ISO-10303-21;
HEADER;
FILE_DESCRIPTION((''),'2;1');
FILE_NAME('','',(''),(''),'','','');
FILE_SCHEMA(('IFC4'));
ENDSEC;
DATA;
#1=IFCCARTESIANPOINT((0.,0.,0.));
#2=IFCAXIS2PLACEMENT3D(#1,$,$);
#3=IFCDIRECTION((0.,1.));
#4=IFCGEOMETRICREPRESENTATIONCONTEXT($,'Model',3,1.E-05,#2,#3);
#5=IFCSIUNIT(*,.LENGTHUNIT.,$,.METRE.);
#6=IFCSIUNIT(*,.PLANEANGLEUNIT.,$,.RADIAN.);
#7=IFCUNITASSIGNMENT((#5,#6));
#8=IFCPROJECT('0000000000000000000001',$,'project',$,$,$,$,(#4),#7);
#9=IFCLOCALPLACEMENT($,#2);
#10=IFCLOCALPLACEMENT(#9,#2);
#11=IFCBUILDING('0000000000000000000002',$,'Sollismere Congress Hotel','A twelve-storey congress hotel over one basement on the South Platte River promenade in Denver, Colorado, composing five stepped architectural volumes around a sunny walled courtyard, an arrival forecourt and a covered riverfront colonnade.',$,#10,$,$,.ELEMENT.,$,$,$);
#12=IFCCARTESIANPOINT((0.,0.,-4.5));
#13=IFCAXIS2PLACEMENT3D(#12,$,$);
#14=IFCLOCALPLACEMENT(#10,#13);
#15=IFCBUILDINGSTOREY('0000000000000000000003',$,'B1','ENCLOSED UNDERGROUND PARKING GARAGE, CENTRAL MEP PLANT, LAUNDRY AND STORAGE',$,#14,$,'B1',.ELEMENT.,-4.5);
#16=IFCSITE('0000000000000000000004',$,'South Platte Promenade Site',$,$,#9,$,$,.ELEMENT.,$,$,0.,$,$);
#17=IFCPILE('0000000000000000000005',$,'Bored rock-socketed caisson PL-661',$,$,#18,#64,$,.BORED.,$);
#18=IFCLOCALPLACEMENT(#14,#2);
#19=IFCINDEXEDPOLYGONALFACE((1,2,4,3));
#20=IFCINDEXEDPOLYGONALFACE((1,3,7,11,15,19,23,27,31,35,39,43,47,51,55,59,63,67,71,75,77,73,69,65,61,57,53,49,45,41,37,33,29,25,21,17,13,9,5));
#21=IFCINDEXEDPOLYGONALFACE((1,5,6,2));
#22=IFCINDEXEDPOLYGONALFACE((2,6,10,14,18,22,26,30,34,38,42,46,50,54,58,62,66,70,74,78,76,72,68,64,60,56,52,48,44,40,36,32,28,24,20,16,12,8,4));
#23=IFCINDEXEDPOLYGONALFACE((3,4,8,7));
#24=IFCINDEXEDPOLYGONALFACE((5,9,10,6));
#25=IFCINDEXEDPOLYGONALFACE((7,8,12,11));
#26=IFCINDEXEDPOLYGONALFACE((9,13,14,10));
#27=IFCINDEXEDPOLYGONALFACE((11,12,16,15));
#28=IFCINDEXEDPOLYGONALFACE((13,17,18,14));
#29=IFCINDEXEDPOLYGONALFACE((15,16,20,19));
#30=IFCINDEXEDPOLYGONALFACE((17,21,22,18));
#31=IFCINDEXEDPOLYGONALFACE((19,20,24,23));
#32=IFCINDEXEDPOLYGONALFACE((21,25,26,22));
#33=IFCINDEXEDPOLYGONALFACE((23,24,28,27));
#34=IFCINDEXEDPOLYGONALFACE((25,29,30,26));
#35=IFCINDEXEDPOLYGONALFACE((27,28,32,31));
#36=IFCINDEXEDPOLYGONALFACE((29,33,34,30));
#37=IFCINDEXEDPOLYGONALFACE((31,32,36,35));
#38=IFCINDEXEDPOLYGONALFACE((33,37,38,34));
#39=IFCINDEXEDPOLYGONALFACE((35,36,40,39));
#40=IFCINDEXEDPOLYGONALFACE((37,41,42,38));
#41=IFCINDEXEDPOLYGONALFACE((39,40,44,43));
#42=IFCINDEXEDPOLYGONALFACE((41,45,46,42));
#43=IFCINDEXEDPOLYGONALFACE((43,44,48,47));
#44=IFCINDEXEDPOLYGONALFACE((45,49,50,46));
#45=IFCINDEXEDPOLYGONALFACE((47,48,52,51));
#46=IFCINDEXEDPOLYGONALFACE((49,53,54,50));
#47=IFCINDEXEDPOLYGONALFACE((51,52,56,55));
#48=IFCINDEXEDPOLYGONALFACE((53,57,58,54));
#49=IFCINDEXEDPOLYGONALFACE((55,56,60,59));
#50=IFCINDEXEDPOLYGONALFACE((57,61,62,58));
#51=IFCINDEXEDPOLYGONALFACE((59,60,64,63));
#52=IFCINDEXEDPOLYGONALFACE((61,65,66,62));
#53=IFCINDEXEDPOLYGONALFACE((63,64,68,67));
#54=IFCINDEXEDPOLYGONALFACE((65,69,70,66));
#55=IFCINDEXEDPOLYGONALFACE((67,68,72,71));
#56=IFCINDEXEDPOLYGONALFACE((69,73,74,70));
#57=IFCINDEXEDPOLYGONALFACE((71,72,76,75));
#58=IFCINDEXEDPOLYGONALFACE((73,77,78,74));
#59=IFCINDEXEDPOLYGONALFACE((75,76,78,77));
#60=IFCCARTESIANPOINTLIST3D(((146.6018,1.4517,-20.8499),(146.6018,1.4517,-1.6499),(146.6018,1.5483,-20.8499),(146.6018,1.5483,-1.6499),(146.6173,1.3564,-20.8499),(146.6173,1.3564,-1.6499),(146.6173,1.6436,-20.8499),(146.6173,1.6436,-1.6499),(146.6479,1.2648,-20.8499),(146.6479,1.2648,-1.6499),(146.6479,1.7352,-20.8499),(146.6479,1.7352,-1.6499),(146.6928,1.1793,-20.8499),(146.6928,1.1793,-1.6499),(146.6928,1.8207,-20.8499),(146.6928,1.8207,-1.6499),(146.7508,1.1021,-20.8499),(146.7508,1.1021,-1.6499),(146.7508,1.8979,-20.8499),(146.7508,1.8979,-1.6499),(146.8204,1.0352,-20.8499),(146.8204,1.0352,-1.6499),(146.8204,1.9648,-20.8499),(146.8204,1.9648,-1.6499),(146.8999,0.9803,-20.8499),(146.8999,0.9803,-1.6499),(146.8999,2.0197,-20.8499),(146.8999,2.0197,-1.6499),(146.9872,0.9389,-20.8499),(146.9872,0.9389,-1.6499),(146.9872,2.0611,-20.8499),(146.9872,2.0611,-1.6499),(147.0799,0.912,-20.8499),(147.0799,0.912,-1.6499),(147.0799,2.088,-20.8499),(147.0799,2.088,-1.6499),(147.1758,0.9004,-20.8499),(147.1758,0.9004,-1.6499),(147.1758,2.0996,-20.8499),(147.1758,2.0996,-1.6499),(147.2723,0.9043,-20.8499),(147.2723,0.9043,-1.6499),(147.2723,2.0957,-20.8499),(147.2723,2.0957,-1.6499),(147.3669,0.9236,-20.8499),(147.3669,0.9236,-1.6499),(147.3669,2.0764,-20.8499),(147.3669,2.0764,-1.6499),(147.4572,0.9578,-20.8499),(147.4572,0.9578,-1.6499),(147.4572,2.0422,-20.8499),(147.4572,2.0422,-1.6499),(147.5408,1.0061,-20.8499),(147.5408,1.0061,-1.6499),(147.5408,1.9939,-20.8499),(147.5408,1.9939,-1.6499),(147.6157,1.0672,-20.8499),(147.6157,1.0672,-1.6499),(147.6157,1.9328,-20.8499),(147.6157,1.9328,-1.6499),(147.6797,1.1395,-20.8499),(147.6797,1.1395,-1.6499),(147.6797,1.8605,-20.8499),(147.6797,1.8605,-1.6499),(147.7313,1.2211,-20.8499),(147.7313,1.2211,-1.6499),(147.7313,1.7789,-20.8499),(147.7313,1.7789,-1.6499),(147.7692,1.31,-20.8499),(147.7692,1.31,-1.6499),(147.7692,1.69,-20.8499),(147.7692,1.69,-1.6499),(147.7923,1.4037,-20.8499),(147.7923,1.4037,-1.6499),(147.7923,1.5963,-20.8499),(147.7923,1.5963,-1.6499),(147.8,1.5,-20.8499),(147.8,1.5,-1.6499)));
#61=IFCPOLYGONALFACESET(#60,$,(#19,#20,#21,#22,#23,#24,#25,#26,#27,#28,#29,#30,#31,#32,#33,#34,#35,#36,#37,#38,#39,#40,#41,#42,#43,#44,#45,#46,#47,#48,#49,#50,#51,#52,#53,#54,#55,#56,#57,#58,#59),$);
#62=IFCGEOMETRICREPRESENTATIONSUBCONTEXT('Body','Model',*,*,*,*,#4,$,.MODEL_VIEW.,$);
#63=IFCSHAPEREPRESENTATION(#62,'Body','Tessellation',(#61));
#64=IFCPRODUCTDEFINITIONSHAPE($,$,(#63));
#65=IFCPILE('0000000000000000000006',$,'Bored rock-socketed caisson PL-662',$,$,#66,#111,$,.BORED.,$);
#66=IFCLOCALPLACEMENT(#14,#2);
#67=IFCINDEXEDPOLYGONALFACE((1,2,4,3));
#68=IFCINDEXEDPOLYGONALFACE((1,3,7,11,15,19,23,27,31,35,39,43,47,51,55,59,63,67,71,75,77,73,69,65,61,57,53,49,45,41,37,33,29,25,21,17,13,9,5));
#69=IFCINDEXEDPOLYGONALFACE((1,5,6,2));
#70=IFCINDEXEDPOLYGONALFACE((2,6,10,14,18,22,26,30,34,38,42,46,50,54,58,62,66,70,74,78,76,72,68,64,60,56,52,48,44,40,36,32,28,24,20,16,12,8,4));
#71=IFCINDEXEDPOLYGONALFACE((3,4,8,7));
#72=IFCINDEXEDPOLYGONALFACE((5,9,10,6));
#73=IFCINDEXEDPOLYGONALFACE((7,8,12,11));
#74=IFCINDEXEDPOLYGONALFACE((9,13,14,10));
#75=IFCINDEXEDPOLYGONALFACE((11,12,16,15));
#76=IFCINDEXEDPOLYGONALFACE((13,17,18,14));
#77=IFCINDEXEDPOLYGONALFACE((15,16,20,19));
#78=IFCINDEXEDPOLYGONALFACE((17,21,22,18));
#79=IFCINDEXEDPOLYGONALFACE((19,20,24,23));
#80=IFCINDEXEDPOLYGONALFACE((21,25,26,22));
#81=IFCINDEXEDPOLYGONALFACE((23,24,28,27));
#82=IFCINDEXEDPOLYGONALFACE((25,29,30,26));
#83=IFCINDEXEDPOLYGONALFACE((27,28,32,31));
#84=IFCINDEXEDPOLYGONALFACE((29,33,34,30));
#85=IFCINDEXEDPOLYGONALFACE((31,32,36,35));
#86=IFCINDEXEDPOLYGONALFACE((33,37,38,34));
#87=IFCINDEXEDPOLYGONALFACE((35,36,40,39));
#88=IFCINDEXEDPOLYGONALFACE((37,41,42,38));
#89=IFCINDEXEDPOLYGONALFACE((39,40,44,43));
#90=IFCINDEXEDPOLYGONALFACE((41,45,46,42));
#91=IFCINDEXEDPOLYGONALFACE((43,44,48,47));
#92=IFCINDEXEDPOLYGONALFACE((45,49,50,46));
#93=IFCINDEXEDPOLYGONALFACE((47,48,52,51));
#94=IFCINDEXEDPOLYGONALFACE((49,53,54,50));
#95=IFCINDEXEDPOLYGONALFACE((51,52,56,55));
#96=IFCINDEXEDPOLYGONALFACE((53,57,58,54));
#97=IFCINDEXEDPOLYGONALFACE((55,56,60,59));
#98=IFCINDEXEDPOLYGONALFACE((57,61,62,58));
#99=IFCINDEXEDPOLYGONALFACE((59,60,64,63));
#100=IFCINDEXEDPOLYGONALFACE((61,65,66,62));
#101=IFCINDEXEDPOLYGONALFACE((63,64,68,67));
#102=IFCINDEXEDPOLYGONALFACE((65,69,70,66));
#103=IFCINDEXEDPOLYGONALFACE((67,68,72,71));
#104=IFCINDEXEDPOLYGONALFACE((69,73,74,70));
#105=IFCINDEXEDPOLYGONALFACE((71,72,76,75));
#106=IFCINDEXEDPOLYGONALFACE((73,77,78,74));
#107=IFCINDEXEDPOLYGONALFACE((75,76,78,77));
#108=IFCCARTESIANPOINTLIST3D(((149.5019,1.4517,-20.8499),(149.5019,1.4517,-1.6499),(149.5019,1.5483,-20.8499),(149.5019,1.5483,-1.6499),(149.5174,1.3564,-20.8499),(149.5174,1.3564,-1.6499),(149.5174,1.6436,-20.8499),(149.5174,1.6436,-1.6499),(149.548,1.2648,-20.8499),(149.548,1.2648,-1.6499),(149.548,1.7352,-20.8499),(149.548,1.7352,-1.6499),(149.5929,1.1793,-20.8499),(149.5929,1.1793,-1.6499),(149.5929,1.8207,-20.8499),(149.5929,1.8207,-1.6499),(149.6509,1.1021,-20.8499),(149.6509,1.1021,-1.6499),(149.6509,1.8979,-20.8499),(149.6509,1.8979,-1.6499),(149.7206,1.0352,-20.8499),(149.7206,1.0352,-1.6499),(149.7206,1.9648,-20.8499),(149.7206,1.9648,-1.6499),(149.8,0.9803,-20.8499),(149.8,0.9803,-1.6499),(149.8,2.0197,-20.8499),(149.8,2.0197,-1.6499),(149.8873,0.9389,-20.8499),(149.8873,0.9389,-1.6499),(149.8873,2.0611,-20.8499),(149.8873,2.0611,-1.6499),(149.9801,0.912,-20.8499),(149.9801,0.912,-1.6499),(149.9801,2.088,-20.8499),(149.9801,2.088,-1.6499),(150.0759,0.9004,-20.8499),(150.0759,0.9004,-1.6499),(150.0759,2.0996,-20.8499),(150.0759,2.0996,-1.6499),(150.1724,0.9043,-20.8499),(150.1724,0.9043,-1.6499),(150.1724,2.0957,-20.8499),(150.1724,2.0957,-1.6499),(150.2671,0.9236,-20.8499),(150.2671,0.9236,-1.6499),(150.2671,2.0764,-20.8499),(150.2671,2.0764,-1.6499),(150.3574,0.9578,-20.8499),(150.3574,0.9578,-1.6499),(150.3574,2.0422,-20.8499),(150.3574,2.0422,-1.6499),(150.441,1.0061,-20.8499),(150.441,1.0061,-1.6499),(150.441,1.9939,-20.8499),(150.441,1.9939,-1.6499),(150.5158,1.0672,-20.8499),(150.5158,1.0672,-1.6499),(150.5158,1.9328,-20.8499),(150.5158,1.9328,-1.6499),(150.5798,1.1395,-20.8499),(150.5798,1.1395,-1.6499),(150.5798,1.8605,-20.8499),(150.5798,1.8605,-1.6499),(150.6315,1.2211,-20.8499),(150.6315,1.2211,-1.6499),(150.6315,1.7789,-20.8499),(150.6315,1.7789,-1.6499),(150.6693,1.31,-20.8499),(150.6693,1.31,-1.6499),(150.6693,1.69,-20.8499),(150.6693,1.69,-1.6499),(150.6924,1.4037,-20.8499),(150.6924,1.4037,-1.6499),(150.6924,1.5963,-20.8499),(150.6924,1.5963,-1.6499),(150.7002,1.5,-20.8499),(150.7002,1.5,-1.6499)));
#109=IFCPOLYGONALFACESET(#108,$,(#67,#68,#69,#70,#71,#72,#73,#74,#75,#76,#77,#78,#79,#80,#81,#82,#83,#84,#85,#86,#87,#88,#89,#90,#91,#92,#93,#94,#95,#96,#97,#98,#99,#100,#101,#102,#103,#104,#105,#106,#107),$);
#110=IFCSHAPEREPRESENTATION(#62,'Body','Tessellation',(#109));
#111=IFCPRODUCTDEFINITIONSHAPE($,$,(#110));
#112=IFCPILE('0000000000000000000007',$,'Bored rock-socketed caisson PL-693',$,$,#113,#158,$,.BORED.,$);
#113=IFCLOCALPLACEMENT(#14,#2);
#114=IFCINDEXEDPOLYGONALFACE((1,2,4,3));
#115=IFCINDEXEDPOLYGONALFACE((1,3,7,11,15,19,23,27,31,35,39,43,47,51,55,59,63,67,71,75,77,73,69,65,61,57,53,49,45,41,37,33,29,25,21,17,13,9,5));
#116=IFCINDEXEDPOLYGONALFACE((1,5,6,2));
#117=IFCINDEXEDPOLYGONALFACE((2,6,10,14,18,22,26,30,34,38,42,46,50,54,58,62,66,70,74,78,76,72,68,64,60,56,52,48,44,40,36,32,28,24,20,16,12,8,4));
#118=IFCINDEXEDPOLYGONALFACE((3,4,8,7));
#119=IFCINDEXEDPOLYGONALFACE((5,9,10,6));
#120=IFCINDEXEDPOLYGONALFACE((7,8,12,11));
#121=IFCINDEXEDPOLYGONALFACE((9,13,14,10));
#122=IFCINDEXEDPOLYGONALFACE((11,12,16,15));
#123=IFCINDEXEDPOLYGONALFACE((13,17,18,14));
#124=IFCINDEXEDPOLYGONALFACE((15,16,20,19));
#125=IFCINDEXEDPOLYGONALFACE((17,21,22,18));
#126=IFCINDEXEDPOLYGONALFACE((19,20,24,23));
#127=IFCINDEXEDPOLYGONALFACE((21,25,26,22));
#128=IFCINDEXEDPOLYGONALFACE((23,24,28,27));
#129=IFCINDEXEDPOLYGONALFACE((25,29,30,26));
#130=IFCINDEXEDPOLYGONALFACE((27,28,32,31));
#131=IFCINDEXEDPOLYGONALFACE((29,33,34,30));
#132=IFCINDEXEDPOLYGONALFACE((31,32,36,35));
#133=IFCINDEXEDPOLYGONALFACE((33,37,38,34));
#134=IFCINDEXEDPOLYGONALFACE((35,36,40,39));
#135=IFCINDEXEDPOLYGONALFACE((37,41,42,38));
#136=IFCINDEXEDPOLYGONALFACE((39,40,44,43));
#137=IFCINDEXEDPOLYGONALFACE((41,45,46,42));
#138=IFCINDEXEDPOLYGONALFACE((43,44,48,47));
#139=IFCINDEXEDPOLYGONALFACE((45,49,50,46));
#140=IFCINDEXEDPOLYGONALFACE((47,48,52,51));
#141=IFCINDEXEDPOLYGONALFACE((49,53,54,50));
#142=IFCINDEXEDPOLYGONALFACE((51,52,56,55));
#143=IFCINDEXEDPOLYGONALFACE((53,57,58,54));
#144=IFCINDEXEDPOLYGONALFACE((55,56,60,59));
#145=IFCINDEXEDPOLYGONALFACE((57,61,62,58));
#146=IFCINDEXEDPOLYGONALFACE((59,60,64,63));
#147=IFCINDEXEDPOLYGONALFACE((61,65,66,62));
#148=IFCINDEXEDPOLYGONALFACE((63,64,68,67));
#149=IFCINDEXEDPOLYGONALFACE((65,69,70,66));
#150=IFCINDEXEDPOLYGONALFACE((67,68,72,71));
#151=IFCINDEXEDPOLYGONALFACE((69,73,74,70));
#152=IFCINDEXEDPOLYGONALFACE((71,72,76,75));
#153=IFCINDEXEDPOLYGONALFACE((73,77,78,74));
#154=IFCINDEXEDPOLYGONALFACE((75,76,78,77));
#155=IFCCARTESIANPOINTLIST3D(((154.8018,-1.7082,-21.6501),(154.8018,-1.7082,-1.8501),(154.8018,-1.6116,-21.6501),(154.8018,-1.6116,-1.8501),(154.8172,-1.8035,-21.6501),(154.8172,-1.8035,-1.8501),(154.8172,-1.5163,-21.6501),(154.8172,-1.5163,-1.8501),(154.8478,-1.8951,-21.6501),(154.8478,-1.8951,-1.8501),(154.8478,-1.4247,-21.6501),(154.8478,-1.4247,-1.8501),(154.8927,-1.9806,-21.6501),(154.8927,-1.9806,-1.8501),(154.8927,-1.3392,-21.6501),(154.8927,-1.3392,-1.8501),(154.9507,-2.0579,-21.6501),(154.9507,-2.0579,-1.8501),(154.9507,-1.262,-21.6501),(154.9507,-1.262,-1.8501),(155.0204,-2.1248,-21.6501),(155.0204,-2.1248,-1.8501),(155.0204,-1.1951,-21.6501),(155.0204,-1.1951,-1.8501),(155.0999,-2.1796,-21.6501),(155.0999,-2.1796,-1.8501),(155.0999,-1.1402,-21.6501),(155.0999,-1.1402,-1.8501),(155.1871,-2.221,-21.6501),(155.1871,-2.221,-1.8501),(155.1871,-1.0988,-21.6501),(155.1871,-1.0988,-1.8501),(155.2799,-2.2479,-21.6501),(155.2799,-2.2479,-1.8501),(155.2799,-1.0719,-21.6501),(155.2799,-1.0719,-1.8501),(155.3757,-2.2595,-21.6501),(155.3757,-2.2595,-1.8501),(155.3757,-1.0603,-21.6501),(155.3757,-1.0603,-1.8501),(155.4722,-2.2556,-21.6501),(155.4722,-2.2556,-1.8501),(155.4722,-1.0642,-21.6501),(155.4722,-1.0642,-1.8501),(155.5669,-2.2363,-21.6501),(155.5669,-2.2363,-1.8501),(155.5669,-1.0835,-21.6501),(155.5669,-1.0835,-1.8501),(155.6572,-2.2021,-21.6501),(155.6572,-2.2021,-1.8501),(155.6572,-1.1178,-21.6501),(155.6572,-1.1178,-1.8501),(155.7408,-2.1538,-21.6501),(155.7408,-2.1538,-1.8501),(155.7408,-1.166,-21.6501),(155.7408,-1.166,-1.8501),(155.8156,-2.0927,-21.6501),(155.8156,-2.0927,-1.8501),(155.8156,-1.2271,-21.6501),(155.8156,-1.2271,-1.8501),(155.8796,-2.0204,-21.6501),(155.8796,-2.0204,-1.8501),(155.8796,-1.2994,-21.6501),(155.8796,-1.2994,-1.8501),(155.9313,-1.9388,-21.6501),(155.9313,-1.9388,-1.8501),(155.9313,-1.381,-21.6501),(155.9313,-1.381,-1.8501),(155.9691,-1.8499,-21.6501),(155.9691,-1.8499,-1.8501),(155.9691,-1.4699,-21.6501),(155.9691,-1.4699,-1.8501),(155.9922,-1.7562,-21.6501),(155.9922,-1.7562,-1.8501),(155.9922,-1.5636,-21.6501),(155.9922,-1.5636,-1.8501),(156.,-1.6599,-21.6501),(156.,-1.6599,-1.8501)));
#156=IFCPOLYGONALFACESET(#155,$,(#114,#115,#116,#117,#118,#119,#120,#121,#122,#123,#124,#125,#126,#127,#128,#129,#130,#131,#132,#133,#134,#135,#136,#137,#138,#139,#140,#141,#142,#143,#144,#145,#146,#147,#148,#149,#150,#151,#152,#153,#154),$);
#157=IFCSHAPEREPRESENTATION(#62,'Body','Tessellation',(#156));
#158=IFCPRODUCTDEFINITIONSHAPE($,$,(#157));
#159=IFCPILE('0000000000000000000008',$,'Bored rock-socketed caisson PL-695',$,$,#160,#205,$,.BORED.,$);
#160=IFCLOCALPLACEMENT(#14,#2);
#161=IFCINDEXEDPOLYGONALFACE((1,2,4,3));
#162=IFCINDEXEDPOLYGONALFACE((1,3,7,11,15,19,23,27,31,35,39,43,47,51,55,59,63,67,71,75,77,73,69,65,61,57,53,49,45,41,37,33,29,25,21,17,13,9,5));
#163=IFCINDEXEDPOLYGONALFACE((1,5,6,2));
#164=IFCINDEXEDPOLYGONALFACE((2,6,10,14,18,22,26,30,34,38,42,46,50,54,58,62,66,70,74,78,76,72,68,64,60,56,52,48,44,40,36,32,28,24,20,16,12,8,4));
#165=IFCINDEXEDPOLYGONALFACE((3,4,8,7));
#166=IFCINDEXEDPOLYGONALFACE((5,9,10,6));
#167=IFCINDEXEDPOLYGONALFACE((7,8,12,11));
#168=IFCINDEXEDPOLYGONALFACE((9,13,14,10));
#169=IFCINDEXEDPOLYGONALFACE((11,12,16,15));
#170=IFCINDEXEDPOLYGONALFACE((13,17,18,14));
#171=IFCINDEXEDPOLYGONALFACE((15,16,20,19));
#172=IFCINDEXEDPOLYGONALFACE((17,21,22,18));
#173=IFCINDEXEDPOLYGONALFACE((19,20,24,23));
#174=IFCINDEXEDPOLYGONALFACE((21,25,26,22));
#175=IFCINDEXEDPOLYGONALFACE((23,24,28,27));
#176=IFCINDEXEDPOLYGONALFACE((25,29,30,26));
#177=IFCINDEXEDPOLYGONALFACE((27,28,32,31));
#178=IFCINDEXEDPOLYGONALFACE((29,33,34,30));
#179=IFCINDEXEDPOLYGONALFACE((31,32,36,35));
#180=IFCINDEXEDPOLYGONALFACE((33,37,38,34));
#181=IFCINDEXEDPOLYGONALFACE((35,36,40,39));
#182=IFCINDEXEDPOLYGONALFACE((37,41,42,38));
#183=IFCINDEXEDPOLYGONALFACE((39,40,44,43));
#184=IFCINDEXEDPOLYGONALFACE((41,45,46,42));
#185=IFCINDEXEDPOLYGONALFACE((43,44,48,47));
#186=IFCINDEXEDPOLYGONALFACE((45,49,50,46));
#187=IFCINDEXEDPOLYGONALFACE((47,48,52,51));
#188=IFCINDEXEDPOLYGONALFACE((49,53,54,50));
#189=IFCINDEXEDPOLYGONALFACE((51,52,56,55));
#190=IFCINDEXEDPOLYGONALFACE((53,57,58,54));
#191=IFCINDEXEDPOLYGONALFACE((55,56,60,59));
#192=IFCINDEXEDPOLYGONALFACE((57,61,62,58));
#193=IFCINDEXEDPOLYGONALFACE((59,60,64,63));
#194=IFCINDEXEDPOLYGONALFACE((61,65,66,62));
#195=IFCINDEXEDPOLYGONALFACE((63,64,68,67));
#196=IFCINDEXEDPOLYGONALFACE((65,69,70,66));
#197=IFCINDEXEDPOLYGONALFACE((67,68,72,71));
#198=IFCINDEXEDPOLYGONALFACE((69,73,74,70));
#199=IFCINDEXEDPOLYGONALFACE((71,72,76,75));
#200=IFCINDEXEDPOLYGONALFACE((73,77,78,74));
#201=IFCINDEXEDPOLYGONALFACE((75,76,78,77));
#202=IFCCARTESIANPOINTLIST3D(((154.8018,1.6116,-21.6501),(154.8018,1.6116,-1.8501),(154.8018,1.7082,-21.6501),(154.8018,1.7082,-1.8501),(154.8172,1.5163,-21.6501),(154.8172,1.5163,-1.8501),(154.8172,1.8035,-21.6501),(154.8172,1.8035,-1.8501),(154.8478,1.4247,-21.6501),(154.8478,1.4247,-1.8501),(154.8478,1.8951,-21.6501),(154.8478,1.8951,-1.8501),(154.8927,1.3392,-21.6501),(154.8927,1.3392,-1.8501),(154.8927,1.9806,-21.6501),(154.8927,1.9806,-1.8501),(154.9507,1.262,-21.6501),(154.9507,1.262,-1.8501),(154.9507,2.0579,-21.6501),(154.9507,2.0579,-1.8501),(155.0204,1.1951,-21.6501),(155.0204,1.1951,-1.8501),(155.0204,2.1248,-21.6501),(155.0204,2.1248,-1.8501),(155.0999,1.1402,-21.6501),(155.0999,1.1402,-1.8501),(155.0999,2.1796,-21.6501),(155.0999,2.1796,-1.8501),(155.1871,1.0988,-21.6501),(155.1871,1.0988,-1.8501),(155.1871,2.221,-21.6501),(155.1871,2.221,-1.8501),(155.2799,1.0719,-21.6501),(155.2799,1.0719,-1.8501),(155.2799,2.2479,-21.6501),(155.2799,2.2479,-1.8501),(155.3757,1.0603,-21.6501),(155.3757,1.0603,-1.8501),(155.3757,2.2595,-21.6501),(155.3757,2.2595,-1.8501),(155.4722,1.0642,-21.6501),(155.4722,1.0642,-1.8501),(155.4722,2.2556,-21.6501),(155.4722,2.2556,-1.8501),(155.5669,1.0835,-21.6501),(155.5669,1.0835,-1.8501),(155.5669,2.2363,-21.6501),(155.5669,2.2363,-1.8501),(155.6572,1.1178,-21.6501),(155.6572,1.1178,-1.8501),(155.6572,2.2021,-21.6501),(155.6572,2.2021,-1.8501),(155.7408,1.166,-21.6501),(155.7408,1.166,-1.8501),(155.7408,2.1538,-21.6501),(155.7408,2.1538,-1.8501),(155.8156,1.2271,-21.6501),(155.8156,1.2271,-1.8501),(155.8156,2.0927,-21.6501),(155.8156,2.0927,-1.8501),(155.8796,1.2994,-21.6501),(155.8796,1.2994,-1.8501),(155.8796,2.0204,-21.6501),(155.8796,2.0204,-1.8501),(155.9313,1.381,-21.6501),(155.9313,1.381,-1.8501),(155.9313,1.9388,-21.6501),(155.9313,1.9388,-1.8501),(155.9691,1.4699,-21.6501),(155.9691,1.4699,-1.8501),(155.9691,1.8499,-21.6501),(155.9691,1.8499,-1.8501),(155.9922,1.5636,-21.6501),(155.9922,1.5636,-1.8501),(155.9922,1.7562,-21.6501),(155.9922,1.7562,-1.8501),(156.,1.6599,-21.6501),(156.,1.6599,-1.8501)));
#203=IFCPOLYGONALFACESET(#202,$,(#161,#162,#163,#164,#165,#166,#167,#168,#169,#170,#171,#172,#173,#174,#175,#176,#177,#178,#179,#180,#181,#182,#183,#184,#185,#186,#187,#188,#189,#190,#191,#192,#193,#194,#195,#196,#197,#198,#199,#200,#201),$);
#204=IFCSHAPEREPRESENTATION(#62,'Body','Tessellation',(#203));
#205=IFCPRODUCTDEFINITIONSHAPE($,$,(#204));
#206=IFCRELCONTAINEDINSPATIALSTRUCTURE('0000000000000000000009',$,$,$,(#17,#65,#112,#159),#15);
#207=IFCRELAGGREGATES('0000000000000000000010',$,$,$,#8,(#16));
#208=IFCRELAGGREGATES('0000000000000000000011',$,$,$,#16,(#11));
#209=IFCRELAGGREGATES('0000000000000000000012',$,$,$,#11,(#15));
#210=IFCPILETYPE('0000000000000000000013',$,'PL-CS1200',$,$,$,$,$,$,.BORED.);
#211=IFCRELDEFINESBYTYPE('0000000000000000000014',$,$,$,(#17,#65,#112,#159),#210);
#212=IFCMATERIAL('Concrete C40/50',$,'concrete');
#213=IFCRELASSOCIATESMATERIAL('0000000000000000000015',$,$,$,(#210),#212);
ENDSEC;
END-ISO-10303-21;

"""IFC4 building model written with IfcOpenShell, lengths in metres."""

from ifc_helpers import new_model, si_unit, direction, frame, origin, origin_2d, place, context, subcontext, project, spatial, circle, extrude, material, material_profile, profile_set, type_object, element, save


model = new_model("IFC4")

# Units and contexts
model_context = context("Model", 3, precision=1e-05, world=origin(), true_north=direction((0.0, 1.0)))
body_context = subcontext(model_context, "Body", "Model", "MODEL_VIEW")
ifc_project = project(units=[si_unit("LENGTHUNIT", "METRE"), si_unit("PLANEANGLEUNIT", "RADIAN")], contexts=[model_context])

# Site, building, storey
site_placement = place(None, origin())
site = spatial("IfcSite", under=ifc_project, at=site_placement, Name="South Platte Promenade Site", CompositionType="ELEMENT", RefElevation=0.0)
building_placement = place(site_placement, origin())
building = spatial("IfcBuilding", under=site, at=building_placement, Name="Sollismere Congress Hotel", Description="A twelve-storey congress hotel over one basement on the South Platte River promenade in Denver, Colorado, composing five stepped architectural volumes around a sunny walled courtyard, an arrival forecourt and a covered riverfront colonnade.", CompositionType="ELEMENT")
storey_placement = place(building_placement, frame((0.0, 0.0, -4.5)))
storey = spatial("IfcBuildingStorey", under=building, at=storey_placement, Name="B1", Description="ENCLOSED UNDERGROUND PARKING GARAGE, CENTRAL MEP PLANT, LAUNDRY AND STORAGE", LongName="B1", CompositionType="ELEMENT", Elevation=-4.5)

# Shared definitions
ifc_material_1 = material(Name="Concrete C40/50", Category="concrete")

# Piles
ifc_material_profile_1 = material_profile(ifc_material_1, circle(Radius=0.6001, at=origin_2d()), Name="CAISSON1200")
ifc_profile_set_1 = profile_set([ifc_material_profile_1], Name="Concrete C40/50")
pile_type = type_object("IfcPileType", Name="PL-CS1200", PredefinedType="BORED", material=ifc_profile_set_1)
for number, where, z_axis, x_axis, name in (
    (1, (147.2, 1.5, -1.6499), (0.0, 0.0, -1.0), (1.0, 0.0, 0.0), "Bored rock-socketed caisson PL-661"),
    (2, (150.1001, 1.5, -1.6499), (0.0, 0.0, -1.0), (1.0, 0.0, 0.0), "Bored rock-socketed caisson PL-662"),
):
    element("IfcPile", number, at=place(storey_placement, frame(where, z_axis=z_axis, x_axis=x_axis)), inside=storey, type_object=pile_type, Name=name, PredefinedType="BORED", context=body_context, shape_type="SweptSolid", body=[
        extrude(circle(Radius=0.6001, at=origin_2d()), origin(), (0.0, 0.0, 1.0), 19.2),
    ])
for number, where, z_axis, x_axis, name in (
    (3, (155.3999, -1.6599, -1.8501), (0.0, 0.0, -1.0), (1.0, 0.0, 0.0), "Bored rock-socketed caisson PL-693"),
    (4, (155.3999, 1.6599, -1.8501), (0.0, 0.0, -1.0), (1.0, 0.0, 0.0), "Bored rock-socketed caisson PL-695"),
):
    element("IfcPile", number, at=place(storey_placement, frame(where, z_axis=z_axis, x_axis=x_axis)), inside=storey, type_object=pile_type, Name=name, PredefinedType="BORED", context=body_context, shape_type="SweptSolid", body=[
        extrude(circle(Radius=0.6001, at=origin_2d()), origin(), (0.0, 0.0, 1.0), 19.8),
    ])

save(model, "model.ifc")
